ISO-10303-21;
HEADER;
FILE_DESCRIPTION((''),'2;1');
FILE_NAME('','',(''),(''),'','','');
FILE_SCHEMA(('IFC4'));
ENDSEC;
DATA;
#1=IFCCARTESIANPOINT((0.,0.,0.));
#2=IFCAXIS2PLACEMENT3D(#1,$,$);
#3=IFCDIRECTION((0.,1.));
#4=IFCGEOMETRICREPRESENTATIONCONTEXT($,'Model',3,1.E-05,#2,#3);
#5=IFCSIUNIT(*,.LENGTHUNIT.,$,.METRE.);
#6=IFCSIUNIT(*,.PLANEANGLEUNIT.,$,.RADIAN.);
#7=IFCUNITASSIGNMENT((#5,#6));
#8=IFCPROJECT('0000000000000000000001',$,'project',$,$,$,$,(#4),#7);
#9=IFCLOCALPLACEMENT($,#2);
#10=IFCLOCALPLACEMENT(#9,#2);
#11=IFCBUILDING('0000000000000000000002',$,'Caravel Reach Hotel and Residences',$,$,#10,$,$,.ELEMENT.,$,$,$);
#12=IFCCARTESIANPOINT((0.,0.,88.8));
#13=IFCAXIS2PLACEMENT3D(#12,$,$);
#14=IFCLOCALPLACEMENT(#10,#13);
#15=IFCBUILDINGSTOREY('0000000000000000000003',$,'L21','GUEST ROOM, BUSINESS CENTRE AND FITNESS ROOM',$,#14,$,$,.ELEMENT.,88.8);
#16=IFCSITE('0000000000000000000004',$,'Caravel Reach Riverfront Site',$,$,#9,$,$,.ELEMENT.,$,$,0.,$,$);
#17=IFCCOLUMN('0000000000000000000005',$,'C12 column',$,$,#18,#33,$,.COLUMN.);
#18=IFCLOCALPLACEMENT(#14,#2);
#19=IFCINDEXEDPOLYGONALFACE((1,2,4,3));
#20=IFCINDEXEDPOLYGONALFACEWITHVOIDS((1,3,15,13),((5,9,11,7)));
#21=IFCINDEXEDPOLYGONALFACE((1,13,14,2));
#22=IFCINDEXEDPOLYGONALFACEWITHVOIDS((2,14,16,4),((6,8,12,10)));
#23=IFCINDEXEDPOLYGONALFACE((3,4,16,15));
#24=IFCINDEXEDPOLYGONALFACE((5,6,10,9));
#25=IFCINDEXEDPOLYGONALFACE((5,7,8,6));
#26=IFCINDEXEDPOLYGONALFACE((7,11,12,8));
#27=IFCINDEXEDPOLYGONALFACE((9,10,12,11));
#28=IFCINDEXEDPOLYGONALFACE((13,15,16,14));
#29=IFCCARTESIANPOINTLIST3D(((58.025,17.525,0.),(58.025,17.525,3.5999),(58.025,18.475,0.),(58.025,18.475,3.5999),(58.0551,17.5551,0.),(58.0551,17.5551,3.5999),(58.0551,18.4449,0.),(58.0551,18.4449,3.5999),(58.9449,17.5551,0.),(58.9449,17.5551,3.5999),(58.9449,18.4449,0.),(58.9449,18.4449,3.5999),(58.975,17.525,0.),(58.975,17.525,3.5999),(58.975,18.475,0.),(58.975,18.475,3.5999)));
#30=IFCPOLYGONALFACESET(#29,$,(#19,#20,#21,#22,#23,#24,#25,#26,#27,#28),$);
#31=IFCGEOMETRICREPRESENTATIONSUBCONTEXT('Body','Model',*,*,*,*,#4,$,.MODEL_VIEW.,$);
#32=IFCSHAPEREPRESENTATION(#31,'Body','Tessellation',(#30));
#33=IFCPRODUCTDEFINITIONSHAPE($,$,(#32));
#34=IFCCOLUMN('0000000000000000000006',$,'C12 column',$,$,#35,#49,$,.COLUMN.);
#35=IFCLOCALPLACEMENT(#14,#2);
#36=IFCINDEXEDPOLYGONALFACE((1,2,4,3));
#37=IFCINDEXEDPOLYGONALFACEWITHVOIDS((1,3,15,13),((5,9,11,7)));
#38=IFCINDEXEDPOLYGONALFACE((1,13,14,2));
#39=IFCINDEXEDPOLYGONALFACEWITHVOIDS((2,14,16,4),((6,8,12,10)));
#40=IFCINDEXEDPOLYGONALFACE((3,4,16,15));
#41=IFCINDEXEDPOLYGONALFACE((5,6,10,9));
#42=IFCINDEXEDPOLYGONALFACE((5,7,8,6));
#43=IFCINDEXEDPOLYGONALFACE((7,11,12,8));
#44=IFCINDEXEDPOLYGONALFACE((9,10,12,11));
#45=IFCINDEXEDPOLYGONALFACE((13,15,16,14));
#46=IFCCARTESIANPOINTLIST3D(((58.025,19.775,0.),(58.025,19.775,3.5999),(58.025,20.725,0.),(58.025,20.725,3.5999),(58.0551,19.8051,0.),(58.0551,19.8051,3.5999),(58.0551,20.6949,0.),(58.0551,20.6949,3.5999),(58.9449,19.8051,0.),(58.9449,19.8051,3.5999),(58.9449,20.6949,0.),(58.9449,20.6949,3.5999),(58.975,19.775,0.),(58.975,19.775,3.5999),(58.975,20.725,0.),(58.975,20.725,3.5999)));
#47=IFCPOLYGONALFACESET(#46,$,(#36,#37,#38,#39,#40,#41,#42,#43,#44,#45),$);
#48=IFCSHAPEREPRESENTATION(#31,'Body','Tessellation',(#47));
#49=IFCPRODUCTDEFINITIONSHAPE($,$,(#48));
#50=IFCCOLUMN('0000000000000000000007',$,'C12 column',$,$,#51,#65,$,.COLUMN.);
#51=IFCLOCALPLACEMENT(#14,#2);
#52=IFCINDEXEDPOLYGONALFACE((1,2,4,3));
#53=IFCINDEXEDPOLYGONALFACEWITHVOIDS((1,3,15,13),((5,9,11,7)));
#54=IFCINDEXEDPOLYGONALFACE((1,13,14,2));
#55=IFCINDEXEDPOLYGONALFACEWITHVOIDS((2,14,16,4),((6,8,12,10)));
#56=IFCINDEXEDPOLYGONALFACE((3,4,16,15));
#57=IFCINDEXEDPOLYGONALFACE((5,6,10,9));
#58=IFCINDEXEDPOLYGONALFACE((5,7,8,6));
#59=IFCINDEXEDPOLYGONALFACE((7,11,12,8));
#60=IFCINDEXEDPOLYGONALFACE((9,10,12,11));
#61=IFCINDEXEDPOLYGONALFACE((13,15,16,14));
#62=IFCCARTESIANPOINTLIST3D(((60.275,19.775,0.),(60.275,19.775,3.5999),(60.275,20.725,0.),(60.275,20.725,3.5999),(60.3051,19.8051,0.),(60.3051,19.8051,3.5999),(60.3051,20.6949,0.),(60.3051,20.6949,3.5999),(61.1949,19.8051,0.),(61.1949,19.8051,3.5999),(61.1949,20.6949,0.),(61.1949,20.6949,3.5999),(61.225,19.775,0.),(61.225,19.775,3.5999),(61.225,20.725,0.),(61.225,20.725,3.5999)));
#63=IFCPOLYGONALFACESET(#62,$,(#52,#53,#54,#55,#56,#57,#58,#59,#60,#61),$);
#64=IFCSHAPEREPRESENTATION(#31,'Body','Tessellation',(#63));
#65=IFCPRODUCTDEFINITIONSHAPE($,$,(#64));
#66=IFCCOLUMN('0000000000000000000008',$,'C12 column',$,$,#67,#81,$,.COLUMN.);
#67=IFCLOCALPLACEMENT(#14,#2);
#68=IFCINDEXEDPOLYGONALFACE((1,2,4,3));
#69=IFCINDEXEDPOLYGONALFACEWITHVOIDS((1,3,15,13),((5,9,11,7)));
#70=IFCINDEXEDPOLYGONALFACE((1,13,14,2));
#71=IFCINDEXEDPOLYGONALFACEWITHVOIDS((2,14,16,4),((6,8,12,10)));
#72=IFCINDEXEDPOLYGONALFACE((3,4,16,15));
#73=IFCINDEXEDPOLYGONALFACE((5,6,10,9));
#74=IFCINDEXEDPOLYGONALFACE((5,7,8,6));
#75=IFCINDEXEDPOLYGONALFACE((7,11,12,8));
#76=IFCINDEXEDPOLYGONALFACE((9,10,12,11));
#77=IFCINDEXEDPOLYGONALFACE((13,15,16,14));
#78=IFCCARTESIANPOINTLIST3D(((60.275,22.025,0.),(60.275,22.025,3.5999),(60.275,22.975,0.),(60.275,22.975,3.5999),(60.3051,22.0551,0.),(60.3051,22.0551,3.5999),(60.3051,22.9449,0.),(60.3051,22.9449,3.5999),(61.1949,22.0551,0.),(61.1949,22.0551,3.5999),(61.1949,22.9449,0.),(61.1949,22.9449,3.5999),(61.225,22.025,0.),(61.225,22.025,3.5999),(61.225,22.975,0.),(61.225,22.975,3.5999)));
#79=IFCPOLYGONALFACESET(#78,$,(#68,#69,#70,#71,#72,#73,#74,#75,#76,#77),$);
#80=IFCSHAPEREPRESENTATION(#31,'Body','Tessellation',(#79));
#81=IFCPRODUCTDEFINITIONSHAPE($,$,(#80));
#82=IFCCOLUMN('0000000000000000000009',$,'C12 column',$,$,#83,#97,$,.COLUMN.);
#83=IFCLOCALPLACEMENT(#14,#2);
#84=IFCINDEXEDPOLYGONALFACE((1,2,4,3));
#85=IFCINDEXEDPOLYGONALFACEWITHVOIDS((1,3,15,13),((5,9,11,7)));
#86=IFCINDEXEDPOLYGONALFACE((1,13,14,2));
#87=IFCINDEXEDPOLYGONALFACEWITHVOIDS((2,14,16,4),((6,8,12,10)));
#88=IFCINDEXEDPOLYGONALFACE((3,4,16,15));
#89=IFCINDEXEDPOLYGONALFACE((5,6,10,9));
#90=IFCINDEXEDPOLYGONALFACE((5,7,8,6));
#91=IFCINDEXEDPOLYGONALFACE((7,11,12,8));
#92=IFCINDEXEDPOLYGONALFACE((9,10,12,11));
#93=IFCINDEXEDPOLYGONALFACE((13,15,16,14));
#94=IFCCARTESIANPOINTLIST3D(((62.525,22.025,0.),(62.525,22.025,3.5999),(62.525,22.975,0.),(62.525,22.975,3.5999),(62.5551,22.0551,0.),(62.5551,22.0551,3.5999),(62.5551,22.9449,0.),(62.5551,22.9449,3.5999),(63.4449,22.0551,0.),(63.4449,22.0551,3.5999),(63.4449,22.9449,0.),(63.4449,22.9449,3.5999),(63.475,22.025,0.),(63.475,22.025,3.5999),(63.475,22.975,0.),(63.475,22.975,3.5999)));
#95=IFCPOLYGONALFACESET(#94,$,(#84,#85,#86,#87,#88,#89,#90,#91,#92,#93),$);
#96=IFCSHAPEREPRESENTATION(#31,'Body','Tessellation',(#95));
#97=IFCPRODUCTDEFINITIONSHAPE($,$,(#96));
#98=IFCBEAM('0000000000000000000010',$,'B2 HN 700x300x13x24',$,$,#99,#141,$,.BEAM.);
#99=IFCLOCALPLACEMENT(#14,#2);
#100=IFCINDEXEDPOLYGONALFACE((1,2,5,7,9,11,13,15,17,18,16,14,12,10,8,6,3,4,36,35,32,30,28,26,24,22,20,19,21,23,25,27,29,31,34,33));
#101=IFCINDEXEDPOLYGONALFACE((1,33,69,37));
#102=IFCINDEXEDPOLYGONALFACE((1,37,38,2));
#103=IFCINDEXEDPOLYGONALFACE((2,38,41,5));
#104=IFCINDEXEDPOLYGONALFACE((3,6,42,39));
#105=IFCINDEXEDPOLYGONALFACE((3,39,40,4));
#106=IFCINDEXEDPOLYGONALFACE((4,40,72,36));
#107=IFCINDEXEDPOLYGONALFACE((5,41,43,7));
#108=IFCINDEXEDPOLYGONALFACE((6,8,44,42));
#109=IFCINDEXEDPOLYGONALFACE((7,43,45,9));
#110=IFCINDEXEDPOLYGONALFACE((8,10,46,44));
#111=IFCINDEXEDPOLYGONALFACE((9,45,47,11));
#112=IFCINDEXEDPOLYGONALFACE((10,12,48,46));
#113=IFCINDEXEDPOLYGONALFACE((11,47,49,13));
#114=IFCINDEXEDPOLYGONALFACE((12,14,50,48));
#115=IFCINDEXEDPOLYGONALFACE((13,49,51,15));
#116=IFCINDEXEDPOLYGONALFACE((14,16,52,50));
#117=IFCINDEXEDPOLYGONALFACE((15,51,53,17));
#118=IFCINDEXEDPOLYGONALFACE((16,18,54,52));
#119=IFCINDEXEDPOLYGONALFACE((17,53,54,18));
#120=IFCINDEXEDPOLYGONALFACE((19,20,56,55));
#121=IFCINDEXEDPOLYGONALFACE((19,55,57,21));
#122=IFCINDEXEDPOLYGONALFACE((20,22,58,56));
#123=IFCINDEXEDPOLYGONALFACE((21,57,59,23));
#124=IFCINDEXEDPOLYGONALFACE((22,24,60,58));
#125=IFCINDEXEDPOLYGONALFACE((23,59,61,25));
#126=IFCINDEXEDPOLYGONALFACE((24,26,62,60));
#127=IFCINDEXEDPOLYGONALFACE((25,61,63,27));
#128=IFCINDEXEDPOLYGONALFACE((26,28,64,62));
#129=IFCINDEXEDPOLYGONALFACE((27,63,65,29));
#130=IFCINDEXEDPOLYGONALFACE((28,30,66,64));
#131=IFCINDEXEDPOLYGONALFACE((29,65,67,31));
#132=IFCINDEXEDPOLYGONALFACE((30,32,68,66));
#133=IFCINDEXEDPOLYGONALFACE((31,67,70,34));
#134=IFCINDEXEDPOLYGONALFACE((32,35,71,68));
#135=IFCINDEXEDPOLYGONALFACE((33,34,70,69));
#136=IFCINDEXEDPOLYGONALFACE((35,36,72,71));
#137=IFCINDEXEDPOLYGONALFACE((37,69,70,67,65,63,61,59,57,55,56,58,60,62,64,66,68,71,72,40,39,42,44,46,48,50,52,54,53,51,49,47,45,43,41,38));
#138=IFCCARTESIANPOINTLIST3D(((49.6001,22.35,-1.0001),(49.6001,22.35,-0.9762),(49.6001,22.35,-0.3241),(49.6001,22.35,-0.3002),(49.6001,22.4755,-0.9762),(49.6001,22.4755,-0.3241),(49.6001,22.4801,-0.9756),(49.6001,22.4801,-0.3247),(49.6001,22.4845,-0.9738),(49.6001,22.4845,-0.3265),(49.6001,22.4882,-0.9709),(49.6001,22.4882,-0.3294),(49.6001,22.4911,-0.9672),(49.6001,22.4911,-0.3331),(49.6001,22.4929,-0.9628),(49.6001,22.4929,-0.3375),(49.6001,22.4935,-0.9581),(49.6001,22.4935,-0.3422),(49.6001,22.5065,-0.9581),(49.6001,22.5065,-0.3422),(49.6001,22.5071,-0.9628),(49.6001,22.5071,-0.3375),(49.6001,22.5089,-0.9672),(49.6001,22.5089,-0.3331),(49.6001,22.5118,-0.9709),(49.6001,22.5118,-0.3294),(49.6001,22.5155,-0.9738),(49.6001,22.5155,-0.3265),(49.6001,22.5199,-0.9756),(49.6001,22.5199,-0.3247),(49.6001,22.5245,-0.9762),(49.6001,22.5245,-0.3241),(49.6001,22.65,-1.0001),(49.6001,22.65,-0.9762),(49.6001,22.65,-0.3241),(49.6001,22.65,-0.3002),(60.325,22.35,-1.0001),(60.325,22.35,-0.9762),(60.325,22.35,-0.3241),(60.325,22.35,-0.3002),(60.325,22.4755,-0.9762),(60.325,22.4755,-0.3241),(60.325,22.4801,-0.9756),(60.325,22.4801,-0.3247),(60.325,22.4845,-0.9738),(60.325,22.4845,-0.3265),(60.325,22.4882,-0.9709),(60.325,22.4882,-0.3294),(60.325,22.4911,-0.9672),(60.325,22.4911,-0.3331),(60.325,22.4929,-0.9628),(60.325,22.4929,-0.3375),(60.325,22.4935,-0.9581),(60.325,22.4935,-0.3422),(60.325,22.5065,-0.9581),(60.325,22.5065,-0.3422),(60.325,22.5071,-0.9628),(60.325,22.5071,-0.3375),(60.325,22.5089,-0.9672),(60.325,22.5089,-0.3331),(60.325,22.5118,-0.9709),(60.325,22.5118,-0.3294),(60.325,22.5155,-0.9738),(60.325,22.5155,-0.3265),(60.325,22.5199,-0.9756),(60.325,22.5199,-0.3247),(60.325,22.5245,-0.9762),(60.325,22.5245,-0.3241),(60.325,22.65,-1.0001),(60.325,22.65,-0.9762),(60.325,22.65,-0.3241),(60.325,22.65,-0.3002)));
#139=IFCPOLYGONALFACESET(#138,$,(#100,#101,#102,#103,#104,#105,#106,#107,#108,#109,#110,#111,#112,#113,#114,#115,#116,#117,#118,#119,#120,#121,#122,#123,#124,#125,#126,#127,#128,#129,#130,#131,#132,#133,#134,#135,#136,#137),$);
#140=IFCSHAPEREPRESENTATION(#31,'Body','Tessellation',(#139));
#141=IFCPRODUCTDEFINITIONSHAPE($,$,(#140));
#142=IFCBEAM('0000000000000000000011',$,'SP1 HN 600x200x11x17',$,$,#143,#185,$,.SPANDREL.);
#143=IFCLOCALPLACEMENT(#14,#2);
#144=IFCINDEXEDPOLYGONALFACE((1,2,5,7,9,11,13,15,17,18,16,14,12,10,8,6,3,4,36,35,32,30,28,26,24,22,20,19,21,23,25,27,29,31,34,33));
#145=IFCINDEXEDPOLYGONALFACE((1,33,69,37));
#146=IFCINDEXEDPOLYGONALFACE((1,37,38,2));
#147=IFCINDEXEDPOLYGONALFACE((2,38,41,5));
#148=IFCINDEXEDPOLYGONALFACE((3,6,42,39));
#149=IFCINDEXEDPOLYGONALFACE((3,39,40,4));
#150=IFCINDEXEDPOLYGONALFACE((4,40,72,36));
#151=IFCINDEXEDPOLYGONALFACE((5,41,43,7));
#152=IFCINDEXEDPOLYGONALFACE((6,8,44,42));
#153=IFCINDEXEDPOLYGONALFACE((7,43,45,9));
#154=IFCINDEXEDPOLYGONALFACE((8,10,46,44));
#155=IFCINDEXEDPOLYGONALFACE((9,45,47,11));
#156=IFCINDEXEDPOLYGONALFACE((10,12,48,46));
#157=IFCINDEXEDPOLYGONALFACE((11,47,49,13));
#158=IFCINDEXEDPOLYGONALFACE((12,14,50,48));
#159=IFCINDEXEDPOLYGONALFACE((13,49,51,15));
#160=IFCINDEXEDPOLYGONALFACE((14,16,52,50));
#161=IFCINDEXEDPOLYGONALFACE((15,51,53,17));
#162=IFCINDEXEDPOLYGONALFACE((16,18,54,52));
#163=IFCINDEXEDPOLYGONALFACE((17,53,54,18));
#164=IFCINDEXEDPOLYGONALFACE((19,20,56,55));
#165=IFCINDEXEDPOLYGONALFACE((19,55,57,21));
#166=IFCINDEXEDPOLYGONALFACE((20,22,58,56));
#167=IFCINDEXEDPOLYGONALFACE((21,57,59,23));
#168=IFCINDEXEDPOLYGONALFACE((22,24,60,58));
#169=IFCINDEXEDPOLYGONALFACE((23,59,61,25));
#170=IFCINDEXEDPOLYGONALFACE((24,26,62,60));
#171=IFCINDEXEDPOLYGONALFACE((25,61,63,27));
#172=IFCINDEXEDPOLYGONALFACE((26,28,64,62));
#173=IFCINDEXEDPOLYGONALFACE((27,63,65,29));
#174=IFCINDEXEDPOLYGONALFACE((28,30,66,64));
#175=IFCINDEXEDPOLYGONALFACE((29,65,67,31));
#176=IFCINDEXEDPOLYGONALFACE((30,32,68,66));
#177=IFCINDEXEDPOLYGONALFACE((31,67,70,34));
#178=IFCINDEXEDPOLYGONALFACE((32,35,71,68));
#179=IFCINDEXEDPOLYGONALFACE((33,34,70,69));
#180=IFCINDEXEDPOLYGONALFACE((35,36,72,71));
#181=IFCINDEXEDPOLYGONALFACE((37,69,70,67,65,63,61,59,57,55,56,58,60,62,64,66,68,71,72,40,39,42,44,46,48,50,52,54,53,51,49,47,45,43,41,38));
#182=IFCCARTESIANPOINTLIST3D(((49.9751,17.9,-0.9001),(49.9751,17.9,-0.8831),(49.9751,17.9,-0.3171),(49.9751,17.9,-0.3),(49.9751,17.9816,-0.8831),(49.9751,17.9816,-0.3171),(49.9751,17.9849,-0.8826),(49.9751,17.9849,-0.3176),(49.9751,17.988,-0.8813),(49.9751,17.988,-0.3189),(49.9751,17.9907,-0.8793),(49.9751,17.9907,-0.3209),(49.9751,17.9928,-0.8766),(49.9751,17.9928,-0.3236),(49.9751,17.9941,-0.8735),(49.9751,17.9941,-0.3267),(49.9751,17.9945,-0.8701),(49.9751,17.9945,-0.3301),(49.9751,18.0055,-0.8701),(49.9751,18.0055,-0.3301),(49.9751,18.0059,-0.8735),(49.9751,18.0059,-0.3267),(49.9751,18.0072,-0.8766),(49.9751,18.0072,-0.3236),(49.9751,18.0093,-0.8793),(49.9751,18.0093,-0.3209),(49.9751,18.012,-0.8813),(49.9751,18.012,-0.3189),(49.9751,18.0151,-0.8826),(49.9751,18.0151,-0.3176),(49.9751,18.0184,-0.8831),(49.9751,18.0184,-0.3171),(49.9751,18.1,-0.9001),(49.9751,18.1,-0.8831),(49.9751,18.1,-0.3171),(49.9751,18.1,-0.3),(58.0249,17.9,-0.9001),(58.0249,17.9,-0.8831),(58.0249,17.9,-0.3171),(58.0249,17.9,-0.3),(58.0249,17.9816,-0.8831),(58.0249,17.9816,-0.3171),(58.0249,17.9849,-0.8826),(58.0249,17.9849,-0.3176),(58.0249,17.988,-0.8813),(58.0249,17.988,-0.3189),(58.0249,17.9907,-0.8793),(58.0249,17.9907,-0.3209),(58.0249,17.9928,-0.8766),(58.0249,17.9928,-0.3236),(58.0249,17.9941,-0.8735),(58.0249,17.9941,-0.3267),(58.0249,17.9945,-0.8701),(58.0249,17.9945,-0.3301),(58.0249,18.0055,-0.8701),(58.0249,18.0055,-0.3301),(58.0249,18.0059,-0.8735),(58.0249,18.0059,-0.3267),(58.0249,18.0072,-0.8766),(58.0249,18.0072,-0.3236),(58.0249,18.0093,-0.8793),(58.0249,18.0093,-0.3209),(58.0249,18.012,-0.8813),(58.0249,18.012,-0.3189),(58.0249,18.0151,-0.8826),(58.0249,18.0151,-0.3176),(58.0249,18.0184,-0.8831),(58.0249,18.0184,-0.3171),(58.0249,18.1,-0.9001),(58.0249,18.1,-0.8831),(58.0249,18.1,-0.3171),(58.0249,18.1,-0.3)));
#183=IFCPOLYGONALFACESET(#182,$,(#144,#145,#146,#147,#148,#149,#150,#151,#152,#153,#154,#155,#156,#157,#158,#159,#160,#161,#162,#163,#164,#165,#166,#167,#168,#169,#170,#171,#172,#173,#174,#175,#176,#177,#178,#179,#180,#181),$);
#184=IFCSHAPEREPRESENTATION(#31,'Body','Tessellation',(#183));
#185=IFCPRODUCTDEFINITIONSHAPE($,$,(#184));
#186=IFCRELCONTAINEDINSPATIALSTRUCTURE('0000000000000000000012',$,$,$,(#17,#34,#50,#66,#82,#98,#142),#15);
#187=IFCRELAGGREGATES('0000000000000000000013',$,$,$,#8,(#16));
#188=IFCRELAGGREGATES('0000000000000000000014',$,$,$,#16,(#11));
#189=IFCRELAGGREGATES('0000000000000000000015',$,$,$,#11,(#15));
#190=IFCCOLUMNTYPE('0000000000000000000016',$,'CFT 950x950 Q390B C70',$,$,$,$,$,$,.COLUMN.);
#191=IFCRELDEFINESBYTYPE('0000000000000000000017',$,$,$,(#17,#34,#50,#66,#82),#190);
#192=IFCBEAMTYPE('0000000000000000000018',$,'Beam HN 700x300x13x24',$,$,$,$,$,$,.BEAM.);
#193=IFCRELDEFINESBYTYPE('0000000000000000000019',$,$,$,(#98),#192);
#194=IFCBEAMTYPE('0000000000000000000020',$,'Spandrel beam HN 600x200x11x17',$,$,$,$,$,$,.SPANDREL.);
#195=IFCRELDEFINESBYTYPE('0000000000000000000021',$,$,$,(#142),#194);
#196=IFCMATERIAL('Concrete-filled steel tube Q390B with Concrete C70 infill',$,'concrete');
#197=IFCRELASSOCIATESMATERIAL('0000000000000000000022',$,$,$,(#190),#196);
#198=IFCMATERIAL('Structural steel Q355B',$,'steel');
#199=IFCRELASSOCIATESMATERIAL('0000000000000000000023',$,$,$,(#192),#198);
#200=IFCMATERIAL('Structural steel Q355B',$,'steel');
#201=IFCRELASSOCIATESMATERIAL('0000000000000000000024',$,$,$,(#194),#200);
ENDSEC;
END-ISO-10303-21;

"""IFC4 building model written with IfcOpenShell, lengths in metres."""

from ifc_helpers import new_model, si_unit, direction, frame, origin, origin_2d, place, context, subcontext, project, spatial, hollow_rectangle, i_section, extrude, material, material_profile, profile_set, type_object, element, save


model = new_model("IFC4")

# Units and contexts
model_context = context("Model", 3, precision=1e-05, world=origin(), true_north=direction((0.0, 1.0)))
body_context = subcontext(model_context, "Body", "Model", "MODEL_VIEW")
ifc_project = project(units=[si_unit("LENGTHUNIT", "METRE"), si_unit("PLANEANGLEUNIT", "RADIAN")], contexts=[model_context])

# Site, building, storey
site_placement = place(None, origin())
site = spatial("IfcSite", under=ifc_project, at=site_placement, Name="Caravel Reach Riverfront Site", CompositionType="ELEMENT", RefElevation=0.0)
building_placement = place(site_placement, origin())
building = spatial("IfcBuilding", under=site, at=building_placement, Name="Caravel Reach Hotel and Residences", CompositionType="ELEMENT")
storey_placement = place(building_placement, frame((0.0, 0.0, 88.8)))
storey = spatial("IfcBuildingStorey", under=building, at=storey_placement, Name="L21", Description="GUEST ROOM, BUSINESS CENTRE AND FITNESS ROOM", CompositionType="ELEMENT", Elevation=88.8)

# Columns
ifc_material_1 = material(Name="Concrete-filled steel tube Q390B with Concrete C70 infill", Category="concrete")
ifc_material_profile_1 = material_profile(ifc_material_1, hollow_rectangle(XDim=0.95, YDim=0.95, WallThickness=0.03, at=origin_2d()), Name="RHS 950x950x30")
ifc_profile_set_1 = profile_set([ifc_material_profile_1], Name="Concrete-filled steel tube Q390B with Concrete C70 infill")
column_type = type_object("IfcColumnType", Name="CFT 950x950 Q390B C70", PredefinedType="COLUMN", material=ifc_profile_set_1)
for number, where, z_axis, x_axis, name in (
    (1, (58.5, 18.0, 0.0), (0.0, 0.0, 1.0), (1.0, 0.0, 0.0), "C12 column"),
    (2, (58.5, 20.25, 0.0), (0.0, 0.0, 1.0), (1.0, 0.0, 0.0), "C12 column"),
    (3, (60.75, 20.25, 0.0), (0.0, 0.0, 1.0), (1.0, 0.0, 0.0), "C12 column"),
    (4, (60.75, 22.5, 0.0), (0.0, 0.0, 1.0), (1.0, 0.0, 0.0), "C12 column"),
    (5, (63.0, 22.5, 0.0), (0.0, 0.0, 1.0), (1.0, 0.0, 0.0), "C12 column"),
):
    element("IfcColumn", number, at=place(storey_placement, frame(where, z_axis=z_axis, x_axis=x_axis)), inside=storey, type_object=column_type, Name=name, PredefinedType="COLUMN", context=body_context, shape_type="SweptSolid", body=[
        extrude(hollow_rectangle(XDim=0.95, YDim=0.95, WallThickness=0.03, at=origin_2d()), origin(), (0.0, 0.0, 1.0), 3.5999),
    ])

# Beams
ifc_material_2 = material(Name="Structural steel Q355B", Category="steel")
ifc_material_profile_2 = material_profile(ifc_material_2, i_section(OverallWidth=0.3, OverallDepth=0.7, WebThickness=0.0129, FlangeThickness=0.0239, FilletRadius=0.0181, at=origin_2d()), Name="HN 700x300x13x24")
ifc_profile_set_2 = profile_set([ifc_material_profile_2], Name="Structural steel Q355B")
beam_type_1 = type_object("IfcBeamType", Name="Beam HN 700x300x13x24", PredefinedType="BEAM", material=ifc_profile_set_2)
beam_1_placement = place(storey_placement, frame((49.6001, 22.5, -0.6501), z_axis=(1.0, 0.0, 0.0), x_axis=(0.0, 1.0, 0.0)))
element("IfcBeam", 6, at=beam_1_placement, inside=storey, type_object=beam_type_1, Name="B2 HN 700x300x13x24", PredefinedType="BEAM", context=body_context, shape_type="SweptSolid", body=[
    extrude(i_section(OverallWidth=0.3, OverallDepth=0.7, WebThickness=0.0129, FlangeThickness=0.0239, FilletRadius=0.0181, at=origin_2d()), origin(), (0.0, 0.0, 1.0), 10.7249),
])
ifc_material_3 = material(Name="Structural steel Q355B", Category="steel")
ifc_material_profile_3 = material_profile(ifc_material_3, i_section(OverallWidth=0.2, OverallDepth=0.6001, WebThickness=0.011, FlangeThickness=0.0171, FilletRadius=0.0129, at=origin_2d()), Name="HN 600x200x11x17")
ifc_profile_set_3 = profile_set([ifc_material_profile_3], Name="Structural steel Q355B")
beam_type_2 = type_object("IfcBeamType", Name="Spandrel beam HN 600x200x11x17", PredefinedType="SPANDREL", material=ifc_profile_set_3)
beam_2_placement = place(storey_placement, frame((49.9751, 18.0, -0.6001), z_axis=(1.0, 0.0, 0.0), x_axis=(0.0, 1.0, 0.0)))
element("IfcBeam", 7, at=beam_2_placement, inside=storey, type_object=beam_type_2, Name="SP1 HN 600x200x11x17", PredefinedType="SPANDREL", context=body_context, shape_type="SweptSolid", body=[
    extrude(i_section(OverallWidth=0.2, OverallDepth=0.6001, WebThickness=0.011, FlangeThickness=0.0171, FilletRadius=0.0129, at=origin_2d()), origin(), (0.0, 0.0, 1.0), 8.0498),
])

save(model, "model.ifc")
